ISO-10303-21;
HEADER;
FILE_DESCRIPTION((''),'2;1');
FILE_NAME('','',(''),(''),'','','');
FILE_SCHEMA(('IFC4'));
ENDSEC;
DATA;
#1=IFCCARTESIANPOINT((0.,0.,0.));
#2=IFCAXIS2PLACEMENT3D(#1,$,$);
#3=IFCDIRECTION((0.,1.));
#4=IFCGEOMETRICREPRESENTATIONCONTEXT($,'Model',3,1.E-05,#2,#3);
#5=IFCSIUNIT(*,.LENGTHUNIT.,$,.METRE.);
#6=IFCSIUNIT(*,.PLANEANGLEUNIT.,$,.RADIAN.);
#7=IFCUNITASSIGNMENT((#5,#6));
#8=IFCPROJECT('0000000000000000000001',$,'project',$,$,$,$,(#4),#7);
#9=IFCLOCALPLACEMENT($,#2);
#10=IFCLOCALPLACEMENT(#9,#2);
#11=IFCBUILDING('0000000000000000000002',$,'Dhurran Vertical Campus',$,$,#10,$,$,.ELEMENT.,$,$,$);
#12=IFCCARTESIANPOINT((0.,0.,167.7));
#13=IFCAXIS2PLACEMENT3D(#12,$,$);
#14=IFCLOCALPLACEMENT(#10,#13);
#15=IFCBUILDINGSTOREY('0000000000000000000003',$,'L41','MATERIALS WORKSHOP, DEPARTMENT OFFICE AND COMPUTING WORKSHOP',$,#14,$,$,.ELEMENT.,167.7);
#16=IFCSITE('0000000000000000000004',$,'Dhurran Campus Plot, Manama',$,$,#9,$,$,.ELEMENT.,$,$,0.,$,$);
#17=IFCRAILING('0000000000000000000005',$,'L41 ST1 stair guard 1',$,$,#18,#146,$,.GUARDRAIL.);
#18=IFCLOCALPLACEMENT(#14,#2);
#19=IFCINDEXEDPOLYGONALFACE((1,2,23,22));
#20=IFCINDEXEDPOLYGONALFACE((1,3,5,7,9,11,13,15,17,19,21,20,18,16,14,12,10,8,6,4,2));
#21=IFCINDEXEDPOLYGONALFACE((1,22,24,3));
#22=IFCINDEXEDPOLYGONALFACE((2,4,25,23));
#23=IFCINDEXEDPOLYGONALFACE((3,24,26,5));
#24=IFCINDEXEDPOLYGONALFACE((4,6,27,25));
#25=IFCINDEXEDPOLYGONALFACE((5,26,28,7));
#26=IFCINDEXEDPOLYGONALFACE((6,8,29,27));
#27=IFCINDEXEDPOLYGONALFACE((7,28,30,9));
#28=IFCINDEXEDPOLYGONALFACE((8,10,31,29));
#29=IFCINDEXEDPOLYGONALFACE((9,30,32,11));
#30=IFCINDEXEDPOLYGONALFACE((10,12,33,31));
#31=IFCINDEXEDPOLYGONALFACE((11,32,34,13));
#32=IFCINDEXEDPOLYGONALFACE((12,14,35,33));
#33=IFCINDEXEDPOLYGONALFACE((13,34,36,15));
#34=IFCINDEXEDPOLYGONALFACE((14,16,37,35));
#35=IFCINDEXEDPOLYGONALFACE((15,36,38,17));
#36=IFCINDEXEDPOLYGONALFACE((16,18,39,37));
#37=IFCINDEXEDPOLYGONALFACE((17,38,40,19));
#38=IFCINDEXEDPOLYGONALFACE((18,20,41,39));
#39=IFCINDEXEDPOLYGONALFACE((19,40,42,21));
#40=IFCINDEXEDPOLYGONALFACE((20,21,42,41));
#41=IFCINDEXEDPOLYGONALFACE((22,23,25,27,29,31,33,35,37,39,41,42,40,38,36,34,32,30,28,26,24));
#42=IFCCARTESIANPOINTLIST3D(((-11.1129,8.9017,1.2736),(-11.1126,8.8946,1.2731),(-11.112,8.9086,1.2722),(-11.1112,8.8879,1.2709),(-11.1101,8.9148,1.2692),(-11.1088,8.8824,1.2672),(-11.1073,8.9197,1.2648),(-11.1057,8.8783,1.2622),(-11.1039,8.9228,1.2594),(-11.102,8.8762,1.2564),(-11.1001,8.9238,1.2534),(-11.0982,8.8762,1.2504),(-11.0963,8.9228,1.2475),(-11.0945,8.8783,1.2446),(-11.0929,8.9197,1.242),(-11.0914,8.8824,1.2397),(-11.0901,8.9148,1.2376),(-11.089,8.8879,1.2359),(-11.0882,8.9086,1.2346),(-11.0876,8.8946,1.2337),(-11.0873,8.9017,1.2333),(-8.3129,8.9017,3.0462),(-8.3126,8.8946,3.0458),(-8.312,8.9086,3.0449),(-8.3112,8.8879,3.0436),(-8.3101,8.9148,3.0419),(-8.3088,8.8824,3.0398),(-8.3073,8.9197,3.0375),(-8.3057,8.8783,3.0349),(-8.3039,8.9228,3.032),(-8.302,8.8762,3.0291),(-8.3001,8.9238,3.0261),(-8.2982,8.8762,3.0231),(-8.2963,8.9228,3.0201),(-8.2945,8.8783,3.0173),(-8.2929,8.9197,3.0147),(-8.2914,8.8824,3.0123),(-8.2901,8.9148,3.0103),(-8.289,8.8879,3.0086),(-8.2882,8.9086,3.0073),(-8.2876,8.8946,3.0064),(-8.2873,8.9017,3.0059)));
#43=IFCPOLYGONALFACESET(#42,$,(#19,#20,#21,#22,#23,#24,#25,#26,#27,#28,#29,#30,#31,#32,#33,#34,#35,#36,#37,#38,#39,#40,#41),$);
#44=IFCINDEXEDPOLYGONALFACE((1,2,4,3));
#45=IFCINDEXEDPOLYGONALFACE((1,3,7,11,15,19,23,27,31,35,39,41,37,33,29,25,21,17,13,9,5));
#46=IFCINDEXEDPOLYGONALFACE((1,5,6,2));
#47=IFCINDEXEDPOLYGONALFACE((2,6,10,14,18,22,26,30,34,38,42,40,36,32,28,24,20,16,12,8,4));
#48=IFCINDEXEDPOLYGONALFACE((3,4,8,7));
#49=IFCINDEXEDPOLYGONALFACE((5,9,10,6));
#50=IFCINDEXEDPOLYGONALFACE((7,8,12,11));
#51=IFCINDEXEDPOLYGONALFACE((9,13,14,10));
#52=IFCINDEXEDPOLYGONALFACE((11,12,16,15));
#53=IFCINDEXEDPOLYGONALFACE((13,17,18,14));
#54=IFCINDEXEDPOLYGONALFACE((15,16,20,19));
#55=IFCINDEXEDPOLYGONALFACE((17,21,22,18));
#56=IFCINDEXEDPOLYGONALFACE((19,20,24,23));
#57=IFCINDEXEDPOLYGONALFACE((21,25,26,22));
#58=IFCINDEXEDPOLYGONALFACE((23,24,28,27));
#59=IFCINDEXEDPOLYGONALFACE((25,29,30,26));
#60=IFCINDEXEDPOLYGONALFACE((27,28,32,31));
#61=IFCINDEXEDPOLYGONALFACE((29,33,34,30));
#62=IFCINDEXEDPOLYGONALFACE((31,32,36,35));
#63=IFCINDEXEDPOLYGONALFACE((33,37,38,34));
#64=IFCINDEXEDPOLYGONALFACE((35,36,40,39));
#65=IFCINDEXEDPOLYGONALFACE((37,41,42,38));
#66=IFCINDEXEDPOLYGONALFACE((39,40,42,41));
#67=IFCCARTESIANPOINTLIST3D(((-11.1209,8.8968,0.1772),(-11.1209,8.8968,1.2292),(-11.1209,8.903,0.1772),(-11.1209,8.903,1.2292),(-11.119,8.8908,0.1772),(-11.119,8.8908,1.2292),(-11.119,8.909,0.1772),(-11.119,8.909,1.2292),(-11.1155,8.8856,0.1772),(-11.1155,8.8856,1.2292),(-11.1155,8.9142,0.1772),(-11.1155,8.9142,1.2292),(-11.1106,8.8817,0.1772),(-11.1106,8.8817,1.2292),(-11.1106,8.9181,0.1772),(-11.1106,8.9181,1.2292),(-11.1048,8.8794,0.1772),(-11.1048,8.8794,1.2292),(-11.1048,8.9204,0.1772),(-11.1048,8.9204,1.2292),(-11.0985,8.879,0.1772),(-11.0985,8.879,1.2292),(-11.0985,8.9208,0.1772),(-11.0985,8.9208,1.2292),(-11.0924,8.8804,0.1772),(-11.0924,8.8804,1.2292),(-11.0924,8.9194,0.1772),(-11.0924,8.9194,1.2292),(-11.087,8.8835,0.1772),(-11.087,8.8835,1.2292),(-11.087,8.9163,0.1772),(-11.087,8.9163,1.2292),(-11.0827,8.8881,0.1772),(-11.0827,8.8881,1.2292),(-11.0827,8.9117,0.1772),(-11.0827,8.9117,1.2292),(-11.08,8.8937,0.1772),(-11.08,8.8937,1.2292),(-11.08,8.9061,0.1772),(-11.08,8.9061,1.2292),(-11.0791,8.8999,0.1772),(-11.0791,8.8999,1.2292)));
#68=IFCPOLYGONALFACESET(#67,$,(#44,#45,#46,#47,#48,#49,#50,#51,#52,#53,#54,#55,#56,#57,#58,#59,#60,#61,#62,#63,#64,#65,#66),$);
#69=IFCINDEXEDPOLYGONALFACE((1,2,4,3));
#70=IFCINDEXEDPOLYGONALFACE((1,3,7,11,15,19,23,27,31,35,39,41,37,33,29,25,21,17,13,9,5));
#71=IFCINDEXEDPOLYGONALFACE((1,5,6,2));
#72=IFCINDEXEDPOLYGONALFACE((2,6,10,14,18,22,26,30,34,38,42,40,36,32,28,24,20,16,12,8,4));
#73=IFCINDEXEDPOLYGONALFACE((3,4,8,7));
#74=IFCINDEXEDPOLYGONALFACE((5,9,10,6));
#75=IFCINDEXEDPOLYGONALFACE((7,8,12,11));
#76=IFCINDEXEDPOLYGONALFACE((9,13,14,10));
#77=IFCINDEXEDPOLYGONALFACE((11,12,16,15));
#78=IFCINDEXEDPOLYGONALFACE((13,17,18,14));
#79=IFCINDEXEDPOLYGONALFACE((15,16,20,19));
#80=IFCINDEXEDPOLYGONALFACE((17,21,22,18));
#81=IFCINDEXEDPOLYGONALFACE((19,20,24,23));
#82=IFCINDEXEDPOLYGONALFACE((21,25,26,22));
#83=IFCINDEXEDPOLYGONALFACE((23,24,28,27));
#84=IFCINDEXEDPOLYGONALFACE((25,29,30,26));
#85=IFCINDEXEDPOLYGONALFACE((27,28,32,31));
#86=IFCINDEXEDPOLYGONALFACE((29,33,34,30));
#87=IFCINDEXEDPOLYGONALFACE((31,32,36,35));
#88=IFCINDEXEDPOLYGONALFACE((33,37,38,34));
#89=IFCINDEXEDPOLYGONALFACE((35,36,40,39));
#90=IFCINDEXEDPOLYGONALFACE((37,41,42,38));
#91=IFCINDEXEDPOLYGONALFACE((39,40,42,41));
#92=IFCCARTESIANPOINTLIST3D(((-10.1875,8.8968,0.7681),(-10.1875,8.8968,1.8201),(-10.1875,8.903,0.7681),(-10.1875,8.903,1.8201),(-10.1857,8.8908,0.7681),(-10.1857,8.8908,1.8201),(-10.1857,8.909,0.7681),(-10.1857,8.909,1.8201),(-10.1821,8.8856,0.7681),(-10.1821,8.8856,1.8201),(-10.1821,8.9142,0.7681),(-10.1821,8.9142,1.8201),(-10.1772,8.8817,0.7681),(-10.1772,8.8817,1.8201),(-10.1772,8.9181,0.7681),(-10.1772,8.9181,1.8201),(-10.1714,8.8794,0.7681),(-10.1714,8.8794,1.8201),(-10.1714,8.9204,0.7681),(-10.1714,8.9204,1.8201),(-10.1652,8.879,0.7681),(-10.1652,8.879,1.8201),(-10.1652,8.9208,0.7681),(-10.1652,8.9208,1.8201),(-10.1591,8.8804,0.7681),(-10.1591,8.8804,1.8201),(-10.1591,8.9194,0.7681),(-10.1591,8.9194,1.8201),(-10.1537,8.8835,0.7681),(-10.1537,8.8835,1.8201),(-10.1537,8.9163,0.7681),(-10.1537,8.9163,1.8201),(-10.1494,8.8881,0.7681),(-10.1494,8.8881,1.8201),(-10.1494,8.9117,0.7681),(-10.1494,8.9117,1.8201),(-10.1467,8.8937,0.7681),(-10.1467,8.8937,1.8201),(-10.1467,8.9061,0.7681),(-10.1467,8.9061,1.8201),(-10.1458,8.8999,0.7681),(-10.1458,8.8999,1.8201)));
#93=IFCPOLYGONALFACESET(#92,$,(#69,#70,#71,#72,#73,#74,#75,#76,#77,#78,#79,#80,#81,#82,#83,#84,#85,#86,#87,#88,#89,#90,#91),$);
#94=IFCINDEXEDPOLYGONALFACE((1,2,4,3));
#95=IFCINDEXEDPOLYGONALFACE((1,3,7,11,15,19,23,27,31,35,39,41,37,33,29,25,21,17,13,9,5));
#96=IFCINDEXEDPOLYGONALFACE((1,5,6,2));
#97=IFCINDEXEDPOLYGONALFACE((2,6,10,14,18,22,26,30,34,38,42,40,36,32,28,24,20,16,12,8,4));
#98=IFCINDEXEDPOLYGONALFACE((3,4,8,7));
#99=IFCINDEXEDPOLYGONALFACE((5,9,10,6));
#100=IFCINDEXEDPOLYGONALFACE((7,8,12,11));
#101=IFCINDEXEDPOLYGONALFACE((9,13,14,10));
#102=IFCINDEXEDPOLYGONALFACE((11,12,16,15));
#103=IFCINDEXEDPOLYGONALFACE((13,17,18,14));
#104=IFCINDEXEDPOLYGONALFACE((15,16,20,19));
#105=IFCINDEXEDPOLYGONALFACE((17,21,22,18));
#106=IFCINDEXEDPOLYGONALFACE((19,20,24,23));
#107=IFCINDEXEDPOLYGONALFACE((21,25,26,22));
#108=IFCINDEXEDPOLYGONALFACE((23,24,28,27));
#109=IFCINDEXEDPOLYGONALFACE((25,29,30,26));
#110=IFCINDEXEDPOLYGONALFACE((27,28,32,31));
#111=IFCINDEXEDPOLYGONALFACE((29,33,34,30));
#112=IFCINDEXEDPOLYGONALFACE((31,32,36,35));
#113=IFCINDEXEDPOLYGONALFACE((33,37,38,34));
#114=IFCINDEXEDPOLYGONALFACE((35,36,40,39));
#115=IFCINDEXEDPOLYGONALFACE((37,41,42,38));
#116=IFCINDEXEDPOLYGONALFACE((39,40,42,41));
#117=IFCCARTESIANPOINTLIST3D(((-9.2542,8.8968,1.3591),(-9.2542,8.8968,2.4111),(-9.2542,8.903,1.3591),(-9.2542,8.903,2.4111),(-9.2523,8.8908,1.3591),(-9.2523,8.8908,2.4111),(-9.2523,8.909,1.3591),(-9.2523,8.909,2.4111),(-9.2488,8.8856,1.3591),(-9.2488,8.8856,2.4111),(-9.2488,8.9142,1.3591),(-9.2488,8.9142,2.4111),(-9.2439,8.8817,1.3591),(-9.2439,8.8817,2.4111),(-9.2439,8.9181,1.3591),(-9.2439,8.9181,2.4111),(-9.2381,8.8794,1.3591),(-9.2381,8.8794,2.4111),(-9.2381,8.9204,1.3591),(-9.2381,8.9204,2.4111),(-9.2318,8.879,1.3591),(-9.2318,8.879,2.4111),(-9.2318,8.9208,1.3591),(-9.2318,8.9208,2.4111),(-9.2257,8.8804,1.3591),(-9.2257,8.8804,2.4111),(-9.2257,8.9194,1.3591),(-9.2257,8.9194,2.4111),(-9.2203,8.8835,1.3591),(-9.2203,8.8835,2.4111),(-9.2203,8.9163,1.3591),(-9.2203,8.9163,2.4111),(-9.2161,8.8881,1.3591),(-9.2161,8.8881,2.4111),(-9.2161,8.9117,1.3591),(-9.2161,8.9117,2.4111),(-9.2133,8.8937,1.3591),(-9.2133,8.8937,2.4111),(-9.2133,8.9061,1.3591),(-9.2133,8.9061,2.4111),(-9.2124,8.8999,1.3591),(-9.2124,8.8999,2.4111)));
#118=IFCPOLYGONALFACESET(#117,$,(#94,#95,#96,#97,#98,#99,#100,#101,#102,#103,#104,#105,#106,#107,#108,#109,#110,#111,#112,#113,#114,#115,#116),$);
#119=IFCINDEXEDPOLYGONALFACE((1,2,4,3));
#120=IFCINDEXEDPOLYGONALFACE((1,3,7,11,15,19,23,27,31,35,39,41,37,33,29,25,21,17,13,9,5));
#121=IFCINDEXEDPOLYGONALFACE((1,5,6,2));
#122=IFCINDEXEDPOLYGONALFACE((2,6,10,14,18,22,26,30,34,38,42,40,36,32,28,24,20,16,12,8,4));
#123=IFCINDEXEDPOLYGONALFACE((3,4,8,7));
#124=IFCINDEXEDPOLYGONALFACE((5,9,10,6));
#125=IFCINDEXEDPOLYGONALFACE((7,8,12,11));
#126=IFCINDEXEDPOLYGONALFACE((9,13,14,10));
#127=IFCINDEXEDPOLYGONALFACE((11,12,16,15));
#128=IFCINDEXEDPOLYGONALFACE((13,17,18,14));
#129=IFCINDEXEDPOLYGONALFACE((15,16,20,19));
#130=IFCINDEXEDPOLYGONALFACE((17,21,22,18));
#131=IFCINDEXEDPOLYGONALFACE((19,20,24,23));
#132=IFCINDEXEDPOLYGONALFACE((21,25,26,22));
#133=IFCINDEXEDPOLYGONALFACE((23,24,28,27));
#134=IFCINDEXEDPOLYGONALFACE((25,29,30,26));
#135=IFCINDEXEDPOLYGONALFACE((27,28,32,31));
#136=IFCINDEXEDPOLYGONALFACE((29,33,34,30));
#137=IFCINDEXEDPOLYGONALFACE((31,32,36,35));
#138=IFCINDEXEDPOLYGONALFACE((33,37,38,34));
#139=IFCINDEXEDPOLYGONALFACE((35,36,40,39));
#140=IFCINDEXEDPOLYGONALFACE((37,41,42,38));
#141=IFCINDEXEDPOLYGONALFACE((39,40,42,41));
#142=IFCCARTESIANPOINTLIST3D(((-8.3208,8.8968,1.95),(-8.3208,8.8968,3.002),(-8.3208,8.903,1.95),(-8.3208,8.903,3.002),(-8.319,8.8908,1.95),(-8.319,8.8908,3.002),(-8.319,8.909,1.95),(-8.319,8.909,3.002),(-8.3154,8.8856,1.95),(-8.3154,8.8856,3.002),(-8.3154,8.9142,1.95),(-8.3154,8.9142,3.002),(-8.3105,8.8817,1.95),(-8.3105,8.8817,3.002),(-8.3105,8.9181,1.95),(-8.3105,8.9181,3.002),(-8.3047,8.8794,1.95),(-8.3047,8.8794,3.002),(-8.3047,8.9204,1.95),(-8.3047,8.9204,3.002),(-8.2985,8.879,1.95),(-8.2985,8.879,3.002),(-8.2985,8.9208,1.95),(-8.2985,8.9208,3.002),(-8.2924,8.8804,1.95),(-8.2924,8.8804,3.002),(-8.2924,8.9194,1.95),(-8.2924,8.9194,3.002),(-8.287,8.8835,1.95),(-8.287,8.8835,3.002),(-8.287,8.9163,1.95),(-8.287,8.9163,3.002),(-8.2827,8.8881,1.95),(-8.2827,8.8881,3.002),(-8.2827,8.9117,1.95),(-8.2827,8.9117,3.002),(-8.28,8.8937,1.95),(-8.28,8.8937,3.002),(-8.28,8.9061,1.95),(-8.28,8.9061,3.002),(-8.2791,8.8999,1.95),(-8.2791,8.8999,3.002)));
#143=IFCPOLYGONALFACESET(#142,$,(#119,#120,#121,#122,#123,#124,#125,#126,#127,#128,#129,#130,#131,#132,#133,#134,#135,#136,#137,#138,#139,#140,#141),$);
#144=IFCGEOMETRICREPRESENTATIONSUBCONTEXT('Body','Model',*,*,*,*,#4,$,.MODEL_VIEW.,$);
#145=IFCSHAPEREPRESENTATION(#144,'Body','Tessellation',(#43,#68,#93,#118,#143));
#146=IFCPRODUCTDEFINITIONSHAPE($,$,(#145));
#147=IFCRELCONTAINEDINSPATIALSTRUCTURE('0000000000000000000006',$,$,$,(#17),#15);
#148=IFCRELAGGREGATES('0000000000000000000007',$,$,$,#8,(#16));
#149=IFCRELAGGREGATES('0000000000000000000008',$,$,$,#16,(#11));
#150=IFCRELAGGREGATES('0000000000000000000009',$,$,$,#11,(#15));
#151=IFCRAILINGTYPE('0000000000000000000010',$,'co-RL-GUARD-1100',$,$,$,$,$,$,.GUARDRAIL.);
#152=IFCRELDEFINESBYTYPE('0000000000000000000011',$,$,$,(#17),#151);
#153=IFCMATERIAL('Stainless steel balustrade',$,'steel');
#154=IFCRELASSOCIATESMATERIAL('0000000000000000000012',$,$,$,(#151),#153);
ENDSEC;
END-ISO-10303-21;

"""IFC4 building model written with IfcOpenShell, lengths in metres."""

from ifc_helpers import new_model, si_unit, direction, frame, origin, origin_2d, place, context, subcontext, project, spatial, circle, extrude, material, type_object, element, save


model = new_model("IFC4")

# Units and contexts
model_context = context("Model", 3, precision=1e-05, world=origin(), true_north=direction((0.0, 1.0)))
body_context = subcontext(model_context, "Body", "Model", "MODEL_VIEW")
ifc_project = project(units=[si_unit("LENGTHUNIT", "METRE"), si_unit("PLANEANGLEUNIT", "RADIAN")], contexts=[model_context])

# Site, building, storey
site_placement = place(None, origin())
site = spatial("IfcSite", under=ifc_project, at=site_placement, Name="Dhurran Campus Plot, Manama", CompositionType="ELEMENT", RefElevation=0.0)
building_placement = place(site_placement, origin())
building = spatial("IfcBuilding", under=site, at=building_placement, Name="Dhurran Vertical Campus", CompositionType="ELEMENT")
storey_placement = place(building_placement, frame((0.0, 0.0, 167.7)))
storey = spatial("IfcBuildingStorey", under=building, at=storey_placement, Name="L41", Description="MATERIALS WORKSHOP, DEPARTMENT OFFICE AND COMPUTING WORKSHOP", CompositionType="ELEMENT", Elevation=167.7)

# Railing
ifc_material_1 = material(Name="Stainless steel balustrade", Category="steel")
railing_type_1 = type_object("IfcRailingType", Name="co-RL-GUARD-1100", PredefinedType="GUARDRAIL", material=ifc_material_1)
railing_1_placement = place(storey_placement, frame((-11.1001, 8.8999, 0.1772)))
element("IfcRailing", 1, at=railing_1_placement, inside=storey, type_object=railing_type_1, Name="L41 ST1 stair guard 1", PredefinedType="GUARDRAIL", context=body_context, shape_type="SweptSolid", body=[
    extrude(circle(Radius=0.0239, at=origin_2d()), frame((0.0, 0.0, 1.0762), z_axis=(0.844909, 0.0, 0.53491), x_axis=(0.0, 1.0, 0.0)), (0.0, 0.0, 1.0), 3.314),
    extrude(circle(Radius=0.021, at=origin_2d()), origin(), (0.0, 0.0, 1.0), 1.052),
    extrude(circle(Radius=0.021, at=origin_2d()), frame((0.9333, 0.0, 0.5908)), (0.0, 0.0, 1.0), 1.052),
    extrude(circle(Radius=0.021, at=origin_2d()), frame((1.8667, 0.0, 1.1819)), (0.0, 0.0, 1.0), 1.052),
    extrude(circle(Radius=0.021, at=origin_2d()), frame((2.8, 0.0, 1.7727)), (0.0, 0.0, 1.0), 1.052),
])

save(model, "model.ifc")
